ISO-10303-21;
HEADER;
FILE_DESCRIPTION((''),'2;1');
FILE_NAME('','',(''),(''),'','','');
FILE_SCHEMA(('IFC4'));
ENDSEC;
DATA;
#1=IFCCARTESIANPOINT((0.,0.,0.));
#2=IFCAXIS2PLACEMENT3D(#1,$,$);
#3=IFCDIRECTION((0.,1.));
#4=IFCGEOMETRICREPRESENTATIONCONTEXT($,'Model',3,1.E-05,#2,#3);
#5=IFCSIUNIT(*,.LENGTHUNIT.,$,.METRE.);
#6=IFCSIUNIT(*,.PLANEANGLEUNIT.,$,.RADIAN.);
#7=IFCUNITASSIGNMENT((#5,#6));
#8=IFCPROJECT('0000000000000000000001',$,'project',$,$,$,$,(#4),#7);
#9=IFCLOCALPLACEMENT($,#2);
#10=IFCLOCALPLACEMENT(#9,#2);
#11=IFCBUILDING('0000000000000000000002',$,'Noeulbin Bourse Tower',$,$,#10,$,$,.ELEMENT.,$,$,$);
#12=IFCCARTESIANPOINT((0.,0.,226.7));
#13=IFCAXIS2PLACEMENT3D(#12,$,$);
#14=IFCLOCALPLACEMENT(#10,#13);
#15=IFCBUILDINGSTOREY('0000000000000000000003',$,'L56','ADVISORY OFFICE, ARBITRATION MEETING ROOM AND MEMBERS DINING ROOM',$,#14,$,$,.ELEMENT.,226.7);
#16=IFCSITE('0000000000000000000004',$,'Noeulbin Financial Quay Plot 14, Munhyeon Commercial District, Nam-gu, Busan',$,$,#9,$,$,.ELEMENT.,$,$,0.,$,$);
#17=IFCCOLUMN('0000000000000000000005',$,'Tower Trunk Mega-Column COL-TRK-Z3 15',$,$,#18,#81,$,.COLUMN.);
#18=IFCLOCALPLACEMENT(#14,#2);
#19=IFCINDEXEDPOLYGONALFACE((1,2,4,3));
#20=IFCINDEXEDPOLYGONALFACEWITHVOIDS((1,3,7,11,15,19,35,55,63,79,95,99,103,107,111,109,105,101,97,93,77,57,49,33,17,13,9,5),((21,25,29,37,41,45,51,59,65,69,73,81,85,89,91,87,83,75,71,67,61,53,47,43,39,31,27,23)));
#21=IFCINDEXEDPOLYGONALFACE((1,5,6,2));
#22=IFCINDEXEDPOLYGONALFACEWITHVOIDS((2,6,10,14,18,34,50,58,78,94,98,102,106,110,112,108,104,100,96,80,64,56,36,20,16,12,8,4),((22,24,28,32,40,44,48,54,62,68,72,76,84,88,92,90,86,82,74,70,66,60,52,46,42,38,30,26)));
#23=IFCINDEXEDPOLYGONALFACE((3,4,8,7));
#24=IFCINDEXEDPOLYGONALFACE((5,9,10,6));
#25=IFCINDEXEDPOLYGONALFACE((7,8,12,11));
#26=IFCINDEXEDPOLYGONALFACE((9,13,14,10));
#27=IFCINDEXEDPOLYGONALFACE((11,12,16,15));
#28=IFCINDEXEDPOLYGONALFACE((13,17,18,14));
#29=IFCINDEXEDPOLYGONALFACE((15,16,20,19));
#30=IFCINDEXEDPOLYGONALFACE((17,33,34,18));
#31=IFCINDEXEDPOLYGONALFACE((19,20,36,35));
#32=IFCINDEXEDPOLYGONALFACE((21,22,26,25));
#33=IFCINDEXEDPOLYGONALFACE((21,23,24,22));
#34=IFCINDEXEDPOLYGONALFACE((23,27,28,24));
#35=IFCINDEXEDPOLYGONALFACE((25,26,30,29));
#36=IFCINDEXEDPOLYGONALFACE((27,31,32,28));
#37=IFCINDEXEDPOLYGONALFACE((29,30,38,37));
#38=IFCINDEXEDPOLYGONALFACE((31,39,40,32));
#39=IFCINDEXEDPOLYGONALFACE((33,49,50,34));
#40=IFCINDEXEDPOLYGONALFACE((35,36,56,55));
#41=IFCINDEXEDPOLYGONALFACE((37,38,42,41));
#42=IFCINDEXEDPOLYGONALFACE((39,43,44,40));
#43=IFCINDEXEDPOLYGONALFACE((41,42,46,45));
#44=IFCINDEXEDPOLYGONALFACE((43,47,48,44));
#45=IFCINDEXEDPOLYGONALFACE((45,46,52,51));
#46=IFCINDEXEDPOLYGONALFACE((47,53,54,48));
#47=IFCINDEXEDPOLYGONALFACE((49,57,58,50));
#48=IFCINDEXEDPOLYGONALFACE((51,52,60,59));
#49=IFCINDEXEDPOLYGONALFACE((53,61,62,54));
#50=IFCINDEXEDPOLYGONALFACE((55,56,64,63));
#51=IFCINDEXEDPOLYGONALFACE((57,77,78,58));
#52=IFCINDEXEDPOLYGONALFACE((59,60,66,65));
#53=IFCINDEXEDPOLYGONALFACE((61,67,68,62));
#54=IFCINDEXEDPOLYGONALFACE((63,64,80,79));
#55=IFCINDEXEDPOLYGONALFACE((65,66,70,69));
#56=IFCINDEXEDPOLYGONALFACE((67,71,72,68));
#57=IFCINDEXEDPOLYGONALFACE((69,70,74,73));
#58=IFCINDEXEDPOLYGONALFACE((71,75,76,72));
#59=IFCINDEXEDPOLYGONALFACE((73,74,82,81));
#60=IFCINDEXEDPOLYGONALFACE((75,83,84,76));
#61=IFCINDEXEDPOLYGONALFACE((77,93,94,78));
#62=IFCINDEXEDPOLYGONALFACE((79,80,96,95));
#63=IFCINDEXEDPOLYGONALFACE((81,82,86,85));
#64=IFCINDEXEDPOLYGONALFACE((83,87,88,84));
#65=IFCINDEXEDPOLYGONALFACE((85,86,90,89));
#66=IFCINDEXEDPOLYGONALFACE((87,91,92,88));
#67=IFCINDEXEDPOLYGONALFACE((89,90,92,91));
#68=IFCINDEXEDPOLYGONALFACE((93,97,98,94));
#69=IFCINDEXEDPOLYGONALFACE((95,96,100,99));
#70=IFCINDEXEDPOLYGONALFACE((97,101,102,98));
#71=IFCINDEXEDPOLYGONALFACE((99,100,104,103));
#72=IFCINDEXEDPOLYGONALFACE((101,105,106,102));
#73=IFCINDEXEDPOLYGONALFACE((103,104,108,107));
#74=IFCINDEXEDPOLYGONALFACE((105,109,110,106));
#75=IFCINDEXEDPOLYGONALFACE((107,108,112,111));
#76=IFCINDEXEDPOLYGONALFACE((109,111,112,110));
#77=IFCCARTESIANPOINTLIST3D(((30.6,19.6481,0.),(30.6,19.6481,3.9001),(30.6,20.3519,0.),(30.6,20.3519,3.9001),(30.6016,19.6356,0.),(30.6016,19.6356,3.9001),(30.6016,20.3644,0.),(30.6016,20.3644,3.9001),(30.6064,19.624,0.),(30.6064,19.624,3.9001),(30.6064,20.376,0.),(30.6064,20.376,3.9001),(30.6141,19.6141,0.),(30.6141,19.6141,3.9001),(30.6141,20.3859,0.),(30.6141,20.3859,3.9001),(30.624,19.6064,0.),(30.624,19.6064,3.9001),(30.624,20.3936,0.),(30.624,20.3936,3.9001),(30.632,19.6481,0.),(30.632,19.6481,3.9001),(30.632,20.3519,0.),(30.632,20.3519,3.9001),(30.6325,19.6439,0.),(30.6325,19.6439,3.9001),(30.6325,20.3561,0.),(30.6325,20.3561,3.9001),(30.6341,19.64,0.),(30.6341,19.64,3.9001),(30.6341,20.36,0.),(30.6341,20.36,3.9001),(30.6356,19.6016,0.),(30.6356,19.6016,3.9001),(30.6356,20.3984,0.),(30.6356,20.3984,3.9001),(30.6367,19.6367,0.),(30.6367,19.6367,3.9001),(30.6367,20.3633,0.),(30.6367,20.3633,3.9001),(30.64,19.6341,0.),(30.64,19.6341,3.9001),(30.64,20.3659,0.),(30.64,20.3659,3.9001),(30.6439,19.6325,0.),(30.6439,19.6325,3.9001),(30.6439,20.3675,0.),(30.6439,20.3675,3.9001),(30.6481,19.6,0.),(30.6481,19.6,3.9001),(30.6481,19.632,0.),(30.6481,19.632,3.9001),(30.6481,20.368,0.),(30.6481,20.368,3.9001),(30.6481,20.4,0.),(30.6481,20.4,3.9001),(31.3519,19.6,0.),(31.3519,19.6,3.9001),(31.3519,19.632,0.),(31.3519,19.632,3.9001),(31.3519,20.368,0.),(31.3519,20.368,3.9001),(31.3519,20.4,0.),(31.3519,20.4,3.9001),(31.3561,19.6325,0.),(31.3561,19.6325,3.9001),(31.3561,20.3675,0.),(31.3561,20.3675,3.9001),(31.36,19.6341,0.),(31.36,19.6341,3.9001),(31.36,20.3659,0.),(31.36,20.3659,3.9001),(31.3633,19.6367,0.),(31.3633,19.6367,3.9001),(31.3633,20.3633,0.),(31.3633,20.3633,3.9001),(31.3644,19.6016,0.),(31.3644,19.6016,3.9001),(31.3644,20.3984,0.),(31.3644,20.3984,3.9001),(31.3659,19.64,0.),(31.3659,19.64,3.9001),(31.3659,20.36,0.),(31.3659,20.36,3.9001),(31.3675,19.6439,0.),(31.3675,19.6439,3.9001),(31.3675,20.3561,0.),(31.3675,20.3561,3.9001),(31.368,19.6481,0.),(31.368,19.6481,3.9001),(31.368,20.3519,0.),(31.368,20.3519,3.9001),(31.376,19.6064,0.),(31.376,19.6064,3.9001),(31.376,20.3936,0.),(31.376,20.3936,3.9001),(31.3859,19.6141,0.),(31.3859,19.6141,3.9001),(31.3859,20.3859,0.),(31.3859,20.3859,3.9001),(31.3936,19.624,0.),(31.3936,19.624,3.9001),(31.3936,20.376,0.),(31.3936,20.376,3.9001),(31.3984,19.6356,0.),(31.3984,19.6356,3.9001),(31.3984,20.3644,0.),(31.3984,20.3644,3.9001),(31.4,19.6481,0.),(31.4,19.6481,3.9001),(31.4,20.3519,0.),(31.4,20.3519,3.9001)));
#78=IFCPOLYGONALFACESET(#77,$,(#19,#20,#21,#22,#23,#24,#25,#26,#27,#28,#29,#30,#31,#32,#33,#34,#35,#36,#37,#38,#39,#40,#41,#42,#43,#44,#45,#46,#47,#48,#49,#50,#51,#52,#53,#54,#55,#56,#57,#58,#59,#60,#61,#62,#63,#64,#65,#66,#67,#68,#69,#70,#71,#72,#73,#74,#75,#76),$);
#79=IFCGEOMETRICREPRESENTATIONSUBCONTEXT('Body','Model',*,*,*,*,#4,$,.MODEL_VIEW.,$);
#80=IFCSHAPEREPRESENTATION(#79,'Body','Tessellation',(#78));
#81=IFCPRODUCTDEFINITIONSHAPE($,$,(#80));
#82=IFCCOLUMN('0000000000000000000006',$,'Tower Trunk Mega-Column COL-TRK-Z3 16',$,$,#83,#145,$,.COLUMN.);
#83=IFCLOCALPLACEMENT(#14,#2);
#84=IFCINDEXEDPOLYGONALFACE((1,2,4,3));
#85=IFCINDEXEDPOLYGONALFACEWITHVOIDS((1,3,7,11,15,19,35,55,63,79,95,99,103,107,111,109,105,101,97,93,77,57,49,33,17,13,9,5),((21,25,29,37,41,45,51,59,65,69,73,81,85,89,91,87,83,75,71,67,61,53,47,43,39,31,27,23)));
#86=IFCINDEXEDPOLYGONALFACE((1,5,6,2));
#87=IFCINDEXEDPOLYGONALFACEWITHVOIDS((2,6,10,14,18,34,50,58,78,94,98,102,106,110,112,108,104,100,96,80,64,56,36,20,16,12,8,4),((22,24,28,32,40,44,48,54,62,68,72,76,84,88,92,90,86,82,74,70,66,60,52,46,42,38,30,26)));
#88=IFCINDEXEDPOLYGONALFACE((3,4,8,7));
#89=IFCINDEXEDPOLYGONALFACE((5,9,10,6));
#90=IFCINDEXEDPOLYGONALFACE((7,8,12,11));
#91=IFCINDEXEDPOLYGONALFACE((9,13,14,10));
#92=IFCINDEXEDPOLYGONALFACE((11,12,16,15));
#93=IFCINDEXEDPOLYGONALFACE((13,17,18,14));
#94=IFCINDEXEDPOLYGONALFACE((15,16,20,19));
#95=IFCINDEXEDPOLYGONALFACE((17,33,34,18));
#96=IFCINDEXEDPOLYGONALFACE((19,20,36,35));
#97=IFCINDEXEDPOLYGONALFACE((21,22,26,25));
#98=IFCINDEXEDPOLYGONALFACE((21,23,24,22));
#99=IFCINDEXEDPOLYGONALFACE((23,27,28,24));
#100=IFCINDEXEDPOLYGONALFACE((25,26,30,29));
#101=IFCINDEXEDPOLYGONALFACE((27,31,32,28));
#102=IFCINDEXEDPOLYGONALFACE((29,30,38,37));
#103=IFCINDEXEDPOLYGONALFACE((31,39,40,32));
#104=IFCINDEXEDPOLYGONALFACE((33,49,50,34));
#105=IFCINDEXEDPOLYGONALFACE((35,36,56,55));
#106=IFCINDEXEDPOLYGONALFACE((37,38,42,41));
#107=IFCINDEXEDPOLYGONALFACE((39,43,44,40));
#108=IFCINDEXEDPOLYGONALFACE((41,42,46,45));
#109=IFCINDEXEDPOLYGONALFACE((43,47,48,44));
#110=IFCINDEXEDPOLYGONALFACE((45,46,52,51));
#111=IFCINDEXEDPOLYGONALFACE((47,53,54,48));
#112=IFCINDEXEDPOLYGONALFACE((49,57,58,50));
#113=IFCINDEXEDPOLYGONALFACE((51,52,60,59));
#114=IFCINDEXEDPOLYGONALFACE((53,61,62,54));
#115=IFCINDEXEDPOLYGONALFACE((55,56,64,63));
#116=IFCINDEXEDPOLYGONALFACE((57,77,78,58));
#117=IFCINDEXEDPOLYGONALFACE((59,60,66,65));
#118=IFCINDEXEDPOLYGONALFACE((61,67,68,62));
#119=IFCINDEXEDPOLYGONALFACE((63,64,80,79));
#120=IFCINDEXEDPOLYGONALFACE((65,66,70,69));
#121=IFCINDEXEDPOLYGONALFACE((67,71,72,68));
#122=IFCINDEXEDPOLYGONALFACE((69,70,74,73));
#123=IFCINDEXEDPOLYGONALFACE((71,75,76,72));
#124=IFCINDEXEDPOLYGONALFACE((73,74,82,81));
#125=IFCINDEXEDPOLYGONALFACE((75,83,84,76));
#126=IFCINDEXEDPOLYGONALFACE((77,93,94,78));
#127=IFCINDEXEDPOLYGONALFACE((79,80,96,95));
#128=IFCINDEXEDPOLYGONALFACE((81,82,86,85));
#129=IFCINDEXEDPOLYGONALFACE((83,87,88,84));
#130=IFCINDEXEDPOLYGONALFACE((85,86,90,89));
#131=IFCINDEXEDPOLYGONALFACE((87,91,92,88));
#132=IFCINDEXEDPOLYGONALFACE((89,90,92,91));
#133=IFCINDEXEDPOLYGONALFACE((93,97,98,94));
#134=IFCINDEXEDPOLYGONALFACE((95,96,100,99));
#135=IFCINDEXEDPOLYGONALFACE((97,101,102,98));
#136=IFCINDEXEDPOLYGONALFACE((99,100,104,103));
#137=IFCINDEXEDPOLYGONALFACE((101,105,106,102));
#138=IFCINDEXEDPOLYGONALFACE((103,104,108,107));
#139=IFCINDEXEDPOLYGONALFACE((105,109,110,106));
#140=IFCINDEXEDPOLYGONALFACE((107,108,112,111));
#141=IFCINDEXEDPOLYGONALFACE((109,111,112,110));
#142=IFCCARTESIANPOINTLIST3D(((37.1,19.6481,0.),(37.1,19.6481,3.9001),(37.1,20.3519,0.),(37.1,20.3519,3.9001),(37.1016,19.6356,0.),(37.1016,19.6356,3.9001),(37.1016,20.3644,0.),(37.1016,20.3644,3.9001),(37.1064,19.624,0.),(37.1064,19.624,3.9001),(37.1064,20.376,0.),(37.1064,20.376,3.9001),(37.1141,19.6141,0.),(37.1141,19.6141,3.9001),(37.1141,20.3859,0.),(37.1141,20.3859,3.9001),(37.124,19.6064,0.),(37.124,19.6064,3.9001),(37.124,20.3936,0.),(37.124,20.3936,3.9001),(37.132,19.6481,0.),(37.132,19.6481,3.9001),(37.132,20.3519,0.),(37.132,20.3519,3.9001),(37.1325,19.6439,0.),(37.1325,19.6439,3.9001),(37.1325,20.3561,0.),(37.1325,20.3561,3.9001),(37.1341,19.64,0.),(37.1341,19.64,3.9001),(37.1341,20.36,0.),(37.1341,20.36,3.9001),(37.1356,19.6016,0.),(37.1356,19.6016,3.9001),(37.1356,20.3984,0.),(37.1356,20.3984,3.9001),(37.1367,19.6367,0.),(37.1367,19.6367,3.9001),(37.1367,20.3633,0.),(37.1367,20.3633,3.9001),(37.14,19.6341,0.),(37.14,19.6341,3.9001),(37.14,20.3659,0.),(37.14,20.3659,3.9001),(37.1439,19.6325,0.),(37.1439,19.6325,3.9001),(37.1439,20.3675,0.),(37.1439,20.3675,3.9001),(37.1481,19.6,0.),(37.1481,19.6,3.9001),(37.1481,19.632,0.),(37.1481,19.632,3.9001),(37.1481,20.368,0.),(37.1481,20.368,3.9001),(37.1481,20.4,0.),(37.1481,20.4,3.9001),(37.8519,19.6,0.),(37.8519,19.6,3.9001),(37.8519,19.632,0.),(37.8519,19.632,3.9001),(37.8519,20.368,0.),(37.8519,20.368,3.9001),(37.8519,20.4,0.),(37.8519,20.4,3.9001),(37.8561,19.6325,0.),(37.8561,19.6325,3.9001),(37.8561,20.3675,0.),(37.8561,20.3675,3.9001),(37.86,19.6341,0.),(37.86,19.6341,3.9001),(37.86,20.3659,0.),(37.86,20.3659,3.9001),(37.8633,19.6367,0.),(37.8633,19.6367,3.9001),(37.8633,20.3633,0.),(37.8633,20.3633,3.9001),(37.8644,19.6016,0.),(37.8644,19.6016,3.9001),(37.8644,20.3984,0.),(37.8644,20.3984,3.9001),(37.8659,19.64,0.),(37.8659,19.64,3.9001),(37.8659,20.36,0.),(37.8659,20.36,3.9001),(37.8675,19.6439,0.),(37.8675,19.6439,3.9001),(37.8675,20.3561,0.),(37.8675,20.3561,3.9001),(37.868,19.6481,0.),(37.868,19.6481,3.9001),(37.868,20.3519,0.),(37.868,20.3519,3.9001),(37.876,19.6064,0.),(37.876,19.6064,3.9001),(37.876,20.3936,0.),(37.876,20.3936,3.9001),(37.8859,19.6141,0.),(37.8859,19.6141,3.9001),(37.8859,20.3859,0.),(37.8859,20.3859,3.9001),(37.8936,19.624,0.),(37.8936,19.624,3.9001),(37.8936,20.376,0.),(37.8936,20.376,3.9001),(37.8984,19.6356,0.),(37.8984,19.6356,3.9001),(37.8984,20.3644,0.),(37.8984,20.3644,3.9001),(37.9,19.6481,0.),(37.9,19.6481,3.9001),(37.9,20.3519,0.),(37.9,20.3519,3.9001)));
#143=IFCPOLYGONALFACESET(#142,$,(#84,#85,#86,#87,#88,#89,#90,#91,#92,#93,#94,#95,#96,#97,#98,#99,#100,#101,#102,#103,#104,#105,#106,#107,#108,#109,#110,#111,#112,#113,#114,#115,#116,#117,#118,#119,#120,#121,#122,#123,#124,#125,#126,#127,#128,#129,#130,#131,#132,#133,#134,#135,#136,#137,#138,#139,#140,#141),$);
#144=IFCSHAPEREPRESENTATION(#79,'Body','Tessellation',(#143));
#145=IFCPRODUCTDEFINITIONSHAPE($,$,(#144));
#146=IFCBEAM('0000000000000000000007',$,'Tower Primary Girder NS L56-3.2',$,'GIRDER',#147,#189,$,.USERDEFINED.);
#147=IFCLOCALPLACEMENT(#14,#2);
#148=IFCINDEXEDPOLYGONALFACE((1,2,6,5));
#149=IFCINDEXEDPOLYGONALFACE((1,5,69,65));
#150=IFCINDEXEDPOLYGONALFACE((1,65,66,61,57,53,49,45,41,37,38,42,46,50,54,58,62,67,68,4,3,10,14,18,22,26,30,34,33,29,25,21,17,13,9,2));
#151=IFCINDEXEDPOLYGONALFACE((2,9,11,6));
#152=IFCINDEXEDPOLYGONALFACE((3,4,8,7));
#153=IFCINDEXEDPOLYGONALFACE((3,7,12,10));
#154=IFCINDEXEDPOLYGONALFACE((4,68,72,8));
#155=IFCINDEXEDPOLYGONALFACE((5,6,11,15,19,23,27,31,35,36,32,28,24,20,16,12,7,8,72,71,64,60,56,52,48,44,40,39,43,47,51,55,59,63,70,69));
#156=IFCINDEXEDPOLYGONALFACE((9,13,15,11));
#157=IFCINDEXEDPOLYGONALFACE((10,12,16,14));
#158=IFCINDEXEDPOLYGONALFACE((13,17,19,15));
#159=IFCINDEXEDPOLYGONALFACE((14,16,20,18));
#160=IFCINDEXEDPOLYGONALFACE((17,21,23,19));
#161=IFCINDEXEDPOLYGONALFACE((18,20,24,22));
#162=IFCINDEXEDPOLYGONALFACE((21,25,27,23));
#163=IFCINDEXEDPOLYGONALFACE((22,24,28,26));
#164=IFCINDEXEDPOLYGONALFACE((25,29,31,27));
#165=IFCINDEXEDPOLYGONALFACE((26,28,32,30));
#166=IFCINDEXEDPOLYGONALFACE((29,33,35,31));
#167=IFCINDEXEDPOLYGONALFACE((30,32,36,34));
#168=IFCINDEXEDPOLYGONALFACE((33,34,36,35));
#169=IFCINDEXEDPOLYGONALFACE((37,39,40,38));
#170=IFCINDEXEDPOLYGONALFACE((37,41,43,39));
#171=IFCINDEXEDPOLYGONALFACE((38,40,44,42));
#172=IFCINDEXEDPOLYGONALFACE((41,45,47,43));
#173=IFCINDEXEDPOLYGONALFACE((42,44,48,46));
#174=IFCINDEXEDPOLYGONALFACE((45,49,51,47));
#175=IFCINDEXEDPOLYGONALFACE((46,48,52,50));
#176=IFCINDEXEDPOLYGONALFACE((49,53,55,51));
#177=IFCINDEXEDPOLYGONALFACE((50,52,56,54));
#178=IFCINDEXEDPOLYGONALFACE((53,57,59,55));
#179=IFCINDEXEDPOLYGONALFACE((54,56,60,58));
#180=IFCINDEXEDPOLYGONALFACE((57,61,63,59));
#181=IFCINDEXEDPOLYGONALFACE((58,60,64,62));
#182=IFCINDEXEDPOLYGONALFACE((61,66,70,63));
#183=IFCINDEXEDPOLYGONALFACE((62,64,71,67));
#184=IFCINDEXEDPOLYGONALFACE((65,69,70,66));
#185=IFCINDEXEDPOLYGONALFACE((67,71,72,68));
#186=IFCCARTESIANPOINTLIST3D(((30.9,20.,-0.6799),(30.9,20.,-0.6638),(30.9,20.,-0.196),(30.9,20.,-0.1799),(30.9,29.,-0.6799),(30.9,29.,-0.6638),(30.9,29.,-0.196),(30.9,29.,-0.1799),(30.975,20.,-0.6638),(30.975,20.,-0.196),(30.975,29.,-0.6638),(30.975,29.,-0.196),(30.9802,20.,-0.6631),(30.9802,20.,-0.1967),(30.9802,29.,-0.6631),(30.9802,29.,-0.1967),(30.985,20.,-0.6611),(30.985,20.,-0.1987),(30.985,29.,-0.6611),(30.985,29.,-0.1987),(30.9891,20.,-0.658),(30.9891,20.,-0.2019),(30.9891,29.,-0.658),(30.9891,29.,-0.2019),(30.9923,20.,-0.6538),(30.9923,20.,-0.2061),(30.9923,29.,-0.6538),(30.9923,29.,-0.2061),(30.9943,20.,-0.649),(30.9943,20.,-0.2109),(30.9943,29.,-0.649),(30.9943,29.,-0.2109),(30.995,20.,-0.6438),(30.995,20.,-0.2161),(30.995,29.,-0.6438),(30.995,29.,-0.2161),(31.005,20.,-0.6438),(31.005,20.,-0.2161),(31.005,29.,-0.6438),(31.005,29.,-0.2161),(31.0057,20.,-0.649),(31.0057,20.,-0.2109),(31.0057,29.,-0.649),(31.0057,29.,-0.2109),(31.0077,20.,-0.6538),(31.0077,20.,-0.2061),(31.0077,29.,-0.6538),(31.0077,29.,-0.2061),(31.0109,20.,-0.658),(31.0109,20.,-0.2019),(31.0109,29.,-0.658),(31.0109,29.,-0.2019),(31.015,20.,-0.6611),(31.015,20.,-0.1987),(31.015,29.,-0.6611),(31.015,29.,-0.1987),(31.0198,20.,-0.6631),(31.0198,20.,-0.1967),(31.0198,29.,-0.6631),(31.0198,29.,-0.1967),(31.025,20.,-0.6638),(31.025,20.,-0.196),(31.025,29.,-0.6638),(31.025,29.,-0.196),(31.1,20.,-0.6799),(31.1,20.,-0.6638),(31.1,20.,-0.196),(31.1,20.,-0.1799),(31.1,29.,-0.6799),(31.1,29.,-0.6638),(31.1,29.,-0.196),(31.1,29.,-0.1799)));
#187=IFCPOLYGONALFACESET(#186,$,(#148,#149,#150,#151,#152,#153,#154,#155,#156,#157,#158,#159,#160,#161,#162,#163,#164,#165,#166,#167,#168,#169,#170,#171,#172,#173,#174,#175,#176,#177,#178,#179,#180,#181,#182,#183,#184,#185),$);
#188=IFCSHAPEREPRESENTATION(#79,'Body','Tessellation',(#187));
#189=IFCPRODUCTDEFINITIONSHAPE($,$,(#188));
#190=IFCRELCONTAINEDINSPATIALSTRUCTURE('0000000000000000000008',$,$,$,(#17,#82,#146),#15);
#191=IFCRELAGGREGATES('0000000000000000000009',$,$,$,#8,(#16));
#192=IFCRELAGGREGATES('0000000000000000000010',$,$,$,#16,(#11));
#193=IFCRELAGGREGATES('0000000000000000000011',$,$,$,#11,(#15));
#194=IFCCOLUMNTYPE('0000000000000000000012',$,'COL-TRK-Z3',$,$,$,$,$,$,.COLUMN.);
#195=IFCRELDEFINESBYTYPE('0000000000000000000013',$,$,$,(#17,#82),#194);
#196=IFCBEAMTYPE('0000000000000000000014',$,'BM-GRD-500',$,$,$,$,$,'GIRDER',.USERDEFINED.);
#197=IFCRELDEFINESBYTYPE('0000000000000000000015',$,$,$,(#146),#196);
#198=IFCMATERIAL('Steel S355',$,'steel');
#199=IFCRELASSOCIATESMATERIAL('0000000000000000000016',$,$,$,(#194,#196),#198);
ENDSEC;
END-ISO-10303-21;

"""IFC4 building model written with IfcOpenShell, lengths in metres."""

from ifc_helpers import new_model, si_unit, direction, frame, origin, origin_2d, place, context, subcontext, project, spatial, hollow_rectangle, i_section, extrude, material, material_profile, profile_set, type_object, element, save


model = new_model("IFC4")

# Units and contexts
model_context = context("Model", 3, precision=1e-05, world=origin(), true_north=direction((0.0, 1.0)))
body_context = subcontext(model_context, "Body", "Model", "MODEL_VIEW")
ifc_project = project(units=[si_unit("LENGTHUNIT", "METRE"), si_unit("PLANEANGLEUNIT", "RADIAN")], contexts=[model_context])

# Site, building, storey
site_placement = place(None, origin())
site = spatial("IfcSite", under=ifc_project, at=site_placement, Name="Noeulbin Financial Quay Plot 14, Munhyeon Commercial District, Nam-gu, Busan", CompositionType="ELEMENT", RefElevation=0.0)
building_placement = place(site_placement, origin())
building = spatial("IfcBuilding", under=site, at=building_placement, Name="Noeulbin Bourse Tower", CompositionType="ELEMENT")
storey_placement = place(building_placement, frame((0.0, 0.0, 226.7)))
storey = spatial("IfcBuildingStorey", under=building, at=storey_placement, Name="L56", Description="ADVISORY OFFICE, ARBITRATION MEETING ROOM AND MEMBERS DINING ROOM", CompositionType="ELEMENT", Elevation=226.7)

# Columns
ifc_material_1 = material(Name="Steel S355", Category="steel")
ifc_material_profile_1 = material_profile(ifc_material_1, hollow_rectangle(XDim=0.8, YDim=0.8, WallThickness=0.032, InnerFilletRadius=0.0161, OuterFilletRadius=0.0481, at=origin_2d()), Name="BOX-800x800x32", Category="LoadBearing")
ifc_profile_set_1 = profile_set([ifc_material_profile_1], Name="Steel S355")
column_type = type_object("IfcColumnType", Name="COL-TRK-Z3", PredefinedType="COLUMN", material=ifc_profile_set_1)
for number, where, z_axis, x_axis, name in (
    (1, (31.0, 20.0, 0.0), (0.0, 0.0, 1.0), (1.0, 0.0, 0.0), "Tower Trunk Mega-Column COL-TRK-Z3 15"),
    (2, (37.5, 20.0, 0.0), (0.0, 0.0, 1.0), (1.0, 0.0, 0.0), "Tower Trunk Mega-Column COL-TRK-Z3 16"),
):
    element("IfcColumn", number, at=place(storey_placement, frame(where, z_axis=z_axis, x_axis=x_axis)), inside=storey, type_object=column_type, Name=name, PredefinedType="COLUMN", context=body_context, shape_type="SweptSolid", body=[
        extrude(hollow_rectangle(XDim=0.8, YDim=0.8, WallThickness=0.032, InnerFilletRadius=0.0161, OuterFilletRadius=0.0481, at=origin_2d()), origin(), (0.0, 0.0, 1.0), 3.9001),
    ])

# Beam
ifc_material_profile_2 = material_profile(ifc_material_1, i_section(OverallWidth=0.2, OverallDepth=0.5, WebThickness=0.01, FlangeThickness=0.0161, FilletRadius=0.02, at=origin_2d()), Name="H-500x200x10x16", Category="LoadBearing")
ifc_profile_set_2 = profile_set([ifc_material_profile_2], Name="Steel S355")
beam_type_1 = type_object("IfcBeamType", Name="BM-GRD-500", ElementType="GIRDER", PredefinedType="USERDEFINED", material=ifc_profile_set_2)
for number, where, z_axis, x_axis, name in (
    (3, (31.0, 20.0, -0.4299), (0.0, 1.0, 0.0), (-1.0, 0.0, 0.0), "Tower Primary Girder NS L56-3.2"),
):
    element("IfcBeam", number, at=place(storey_placement, frame(where, z_axis=z_axis, x_axis=x_axis)), inside=storey, type_object=beam_type_1, Name=name, ObjectType="GIRDER", PredefinedType="USERDEFINED", context=body_context, shape_type="SweptSolid", body=[
        extrude(i_section(OverallWidth=0.2, OverallDepth=0.5, WebThickness=0.01, FlangeThickness=0.0161, FilletRadius=0.02, at=origin_2d()), origin(), (0.0, 0.0, 1.0), 9.0),
    ])

save(model, "model.ifc")
